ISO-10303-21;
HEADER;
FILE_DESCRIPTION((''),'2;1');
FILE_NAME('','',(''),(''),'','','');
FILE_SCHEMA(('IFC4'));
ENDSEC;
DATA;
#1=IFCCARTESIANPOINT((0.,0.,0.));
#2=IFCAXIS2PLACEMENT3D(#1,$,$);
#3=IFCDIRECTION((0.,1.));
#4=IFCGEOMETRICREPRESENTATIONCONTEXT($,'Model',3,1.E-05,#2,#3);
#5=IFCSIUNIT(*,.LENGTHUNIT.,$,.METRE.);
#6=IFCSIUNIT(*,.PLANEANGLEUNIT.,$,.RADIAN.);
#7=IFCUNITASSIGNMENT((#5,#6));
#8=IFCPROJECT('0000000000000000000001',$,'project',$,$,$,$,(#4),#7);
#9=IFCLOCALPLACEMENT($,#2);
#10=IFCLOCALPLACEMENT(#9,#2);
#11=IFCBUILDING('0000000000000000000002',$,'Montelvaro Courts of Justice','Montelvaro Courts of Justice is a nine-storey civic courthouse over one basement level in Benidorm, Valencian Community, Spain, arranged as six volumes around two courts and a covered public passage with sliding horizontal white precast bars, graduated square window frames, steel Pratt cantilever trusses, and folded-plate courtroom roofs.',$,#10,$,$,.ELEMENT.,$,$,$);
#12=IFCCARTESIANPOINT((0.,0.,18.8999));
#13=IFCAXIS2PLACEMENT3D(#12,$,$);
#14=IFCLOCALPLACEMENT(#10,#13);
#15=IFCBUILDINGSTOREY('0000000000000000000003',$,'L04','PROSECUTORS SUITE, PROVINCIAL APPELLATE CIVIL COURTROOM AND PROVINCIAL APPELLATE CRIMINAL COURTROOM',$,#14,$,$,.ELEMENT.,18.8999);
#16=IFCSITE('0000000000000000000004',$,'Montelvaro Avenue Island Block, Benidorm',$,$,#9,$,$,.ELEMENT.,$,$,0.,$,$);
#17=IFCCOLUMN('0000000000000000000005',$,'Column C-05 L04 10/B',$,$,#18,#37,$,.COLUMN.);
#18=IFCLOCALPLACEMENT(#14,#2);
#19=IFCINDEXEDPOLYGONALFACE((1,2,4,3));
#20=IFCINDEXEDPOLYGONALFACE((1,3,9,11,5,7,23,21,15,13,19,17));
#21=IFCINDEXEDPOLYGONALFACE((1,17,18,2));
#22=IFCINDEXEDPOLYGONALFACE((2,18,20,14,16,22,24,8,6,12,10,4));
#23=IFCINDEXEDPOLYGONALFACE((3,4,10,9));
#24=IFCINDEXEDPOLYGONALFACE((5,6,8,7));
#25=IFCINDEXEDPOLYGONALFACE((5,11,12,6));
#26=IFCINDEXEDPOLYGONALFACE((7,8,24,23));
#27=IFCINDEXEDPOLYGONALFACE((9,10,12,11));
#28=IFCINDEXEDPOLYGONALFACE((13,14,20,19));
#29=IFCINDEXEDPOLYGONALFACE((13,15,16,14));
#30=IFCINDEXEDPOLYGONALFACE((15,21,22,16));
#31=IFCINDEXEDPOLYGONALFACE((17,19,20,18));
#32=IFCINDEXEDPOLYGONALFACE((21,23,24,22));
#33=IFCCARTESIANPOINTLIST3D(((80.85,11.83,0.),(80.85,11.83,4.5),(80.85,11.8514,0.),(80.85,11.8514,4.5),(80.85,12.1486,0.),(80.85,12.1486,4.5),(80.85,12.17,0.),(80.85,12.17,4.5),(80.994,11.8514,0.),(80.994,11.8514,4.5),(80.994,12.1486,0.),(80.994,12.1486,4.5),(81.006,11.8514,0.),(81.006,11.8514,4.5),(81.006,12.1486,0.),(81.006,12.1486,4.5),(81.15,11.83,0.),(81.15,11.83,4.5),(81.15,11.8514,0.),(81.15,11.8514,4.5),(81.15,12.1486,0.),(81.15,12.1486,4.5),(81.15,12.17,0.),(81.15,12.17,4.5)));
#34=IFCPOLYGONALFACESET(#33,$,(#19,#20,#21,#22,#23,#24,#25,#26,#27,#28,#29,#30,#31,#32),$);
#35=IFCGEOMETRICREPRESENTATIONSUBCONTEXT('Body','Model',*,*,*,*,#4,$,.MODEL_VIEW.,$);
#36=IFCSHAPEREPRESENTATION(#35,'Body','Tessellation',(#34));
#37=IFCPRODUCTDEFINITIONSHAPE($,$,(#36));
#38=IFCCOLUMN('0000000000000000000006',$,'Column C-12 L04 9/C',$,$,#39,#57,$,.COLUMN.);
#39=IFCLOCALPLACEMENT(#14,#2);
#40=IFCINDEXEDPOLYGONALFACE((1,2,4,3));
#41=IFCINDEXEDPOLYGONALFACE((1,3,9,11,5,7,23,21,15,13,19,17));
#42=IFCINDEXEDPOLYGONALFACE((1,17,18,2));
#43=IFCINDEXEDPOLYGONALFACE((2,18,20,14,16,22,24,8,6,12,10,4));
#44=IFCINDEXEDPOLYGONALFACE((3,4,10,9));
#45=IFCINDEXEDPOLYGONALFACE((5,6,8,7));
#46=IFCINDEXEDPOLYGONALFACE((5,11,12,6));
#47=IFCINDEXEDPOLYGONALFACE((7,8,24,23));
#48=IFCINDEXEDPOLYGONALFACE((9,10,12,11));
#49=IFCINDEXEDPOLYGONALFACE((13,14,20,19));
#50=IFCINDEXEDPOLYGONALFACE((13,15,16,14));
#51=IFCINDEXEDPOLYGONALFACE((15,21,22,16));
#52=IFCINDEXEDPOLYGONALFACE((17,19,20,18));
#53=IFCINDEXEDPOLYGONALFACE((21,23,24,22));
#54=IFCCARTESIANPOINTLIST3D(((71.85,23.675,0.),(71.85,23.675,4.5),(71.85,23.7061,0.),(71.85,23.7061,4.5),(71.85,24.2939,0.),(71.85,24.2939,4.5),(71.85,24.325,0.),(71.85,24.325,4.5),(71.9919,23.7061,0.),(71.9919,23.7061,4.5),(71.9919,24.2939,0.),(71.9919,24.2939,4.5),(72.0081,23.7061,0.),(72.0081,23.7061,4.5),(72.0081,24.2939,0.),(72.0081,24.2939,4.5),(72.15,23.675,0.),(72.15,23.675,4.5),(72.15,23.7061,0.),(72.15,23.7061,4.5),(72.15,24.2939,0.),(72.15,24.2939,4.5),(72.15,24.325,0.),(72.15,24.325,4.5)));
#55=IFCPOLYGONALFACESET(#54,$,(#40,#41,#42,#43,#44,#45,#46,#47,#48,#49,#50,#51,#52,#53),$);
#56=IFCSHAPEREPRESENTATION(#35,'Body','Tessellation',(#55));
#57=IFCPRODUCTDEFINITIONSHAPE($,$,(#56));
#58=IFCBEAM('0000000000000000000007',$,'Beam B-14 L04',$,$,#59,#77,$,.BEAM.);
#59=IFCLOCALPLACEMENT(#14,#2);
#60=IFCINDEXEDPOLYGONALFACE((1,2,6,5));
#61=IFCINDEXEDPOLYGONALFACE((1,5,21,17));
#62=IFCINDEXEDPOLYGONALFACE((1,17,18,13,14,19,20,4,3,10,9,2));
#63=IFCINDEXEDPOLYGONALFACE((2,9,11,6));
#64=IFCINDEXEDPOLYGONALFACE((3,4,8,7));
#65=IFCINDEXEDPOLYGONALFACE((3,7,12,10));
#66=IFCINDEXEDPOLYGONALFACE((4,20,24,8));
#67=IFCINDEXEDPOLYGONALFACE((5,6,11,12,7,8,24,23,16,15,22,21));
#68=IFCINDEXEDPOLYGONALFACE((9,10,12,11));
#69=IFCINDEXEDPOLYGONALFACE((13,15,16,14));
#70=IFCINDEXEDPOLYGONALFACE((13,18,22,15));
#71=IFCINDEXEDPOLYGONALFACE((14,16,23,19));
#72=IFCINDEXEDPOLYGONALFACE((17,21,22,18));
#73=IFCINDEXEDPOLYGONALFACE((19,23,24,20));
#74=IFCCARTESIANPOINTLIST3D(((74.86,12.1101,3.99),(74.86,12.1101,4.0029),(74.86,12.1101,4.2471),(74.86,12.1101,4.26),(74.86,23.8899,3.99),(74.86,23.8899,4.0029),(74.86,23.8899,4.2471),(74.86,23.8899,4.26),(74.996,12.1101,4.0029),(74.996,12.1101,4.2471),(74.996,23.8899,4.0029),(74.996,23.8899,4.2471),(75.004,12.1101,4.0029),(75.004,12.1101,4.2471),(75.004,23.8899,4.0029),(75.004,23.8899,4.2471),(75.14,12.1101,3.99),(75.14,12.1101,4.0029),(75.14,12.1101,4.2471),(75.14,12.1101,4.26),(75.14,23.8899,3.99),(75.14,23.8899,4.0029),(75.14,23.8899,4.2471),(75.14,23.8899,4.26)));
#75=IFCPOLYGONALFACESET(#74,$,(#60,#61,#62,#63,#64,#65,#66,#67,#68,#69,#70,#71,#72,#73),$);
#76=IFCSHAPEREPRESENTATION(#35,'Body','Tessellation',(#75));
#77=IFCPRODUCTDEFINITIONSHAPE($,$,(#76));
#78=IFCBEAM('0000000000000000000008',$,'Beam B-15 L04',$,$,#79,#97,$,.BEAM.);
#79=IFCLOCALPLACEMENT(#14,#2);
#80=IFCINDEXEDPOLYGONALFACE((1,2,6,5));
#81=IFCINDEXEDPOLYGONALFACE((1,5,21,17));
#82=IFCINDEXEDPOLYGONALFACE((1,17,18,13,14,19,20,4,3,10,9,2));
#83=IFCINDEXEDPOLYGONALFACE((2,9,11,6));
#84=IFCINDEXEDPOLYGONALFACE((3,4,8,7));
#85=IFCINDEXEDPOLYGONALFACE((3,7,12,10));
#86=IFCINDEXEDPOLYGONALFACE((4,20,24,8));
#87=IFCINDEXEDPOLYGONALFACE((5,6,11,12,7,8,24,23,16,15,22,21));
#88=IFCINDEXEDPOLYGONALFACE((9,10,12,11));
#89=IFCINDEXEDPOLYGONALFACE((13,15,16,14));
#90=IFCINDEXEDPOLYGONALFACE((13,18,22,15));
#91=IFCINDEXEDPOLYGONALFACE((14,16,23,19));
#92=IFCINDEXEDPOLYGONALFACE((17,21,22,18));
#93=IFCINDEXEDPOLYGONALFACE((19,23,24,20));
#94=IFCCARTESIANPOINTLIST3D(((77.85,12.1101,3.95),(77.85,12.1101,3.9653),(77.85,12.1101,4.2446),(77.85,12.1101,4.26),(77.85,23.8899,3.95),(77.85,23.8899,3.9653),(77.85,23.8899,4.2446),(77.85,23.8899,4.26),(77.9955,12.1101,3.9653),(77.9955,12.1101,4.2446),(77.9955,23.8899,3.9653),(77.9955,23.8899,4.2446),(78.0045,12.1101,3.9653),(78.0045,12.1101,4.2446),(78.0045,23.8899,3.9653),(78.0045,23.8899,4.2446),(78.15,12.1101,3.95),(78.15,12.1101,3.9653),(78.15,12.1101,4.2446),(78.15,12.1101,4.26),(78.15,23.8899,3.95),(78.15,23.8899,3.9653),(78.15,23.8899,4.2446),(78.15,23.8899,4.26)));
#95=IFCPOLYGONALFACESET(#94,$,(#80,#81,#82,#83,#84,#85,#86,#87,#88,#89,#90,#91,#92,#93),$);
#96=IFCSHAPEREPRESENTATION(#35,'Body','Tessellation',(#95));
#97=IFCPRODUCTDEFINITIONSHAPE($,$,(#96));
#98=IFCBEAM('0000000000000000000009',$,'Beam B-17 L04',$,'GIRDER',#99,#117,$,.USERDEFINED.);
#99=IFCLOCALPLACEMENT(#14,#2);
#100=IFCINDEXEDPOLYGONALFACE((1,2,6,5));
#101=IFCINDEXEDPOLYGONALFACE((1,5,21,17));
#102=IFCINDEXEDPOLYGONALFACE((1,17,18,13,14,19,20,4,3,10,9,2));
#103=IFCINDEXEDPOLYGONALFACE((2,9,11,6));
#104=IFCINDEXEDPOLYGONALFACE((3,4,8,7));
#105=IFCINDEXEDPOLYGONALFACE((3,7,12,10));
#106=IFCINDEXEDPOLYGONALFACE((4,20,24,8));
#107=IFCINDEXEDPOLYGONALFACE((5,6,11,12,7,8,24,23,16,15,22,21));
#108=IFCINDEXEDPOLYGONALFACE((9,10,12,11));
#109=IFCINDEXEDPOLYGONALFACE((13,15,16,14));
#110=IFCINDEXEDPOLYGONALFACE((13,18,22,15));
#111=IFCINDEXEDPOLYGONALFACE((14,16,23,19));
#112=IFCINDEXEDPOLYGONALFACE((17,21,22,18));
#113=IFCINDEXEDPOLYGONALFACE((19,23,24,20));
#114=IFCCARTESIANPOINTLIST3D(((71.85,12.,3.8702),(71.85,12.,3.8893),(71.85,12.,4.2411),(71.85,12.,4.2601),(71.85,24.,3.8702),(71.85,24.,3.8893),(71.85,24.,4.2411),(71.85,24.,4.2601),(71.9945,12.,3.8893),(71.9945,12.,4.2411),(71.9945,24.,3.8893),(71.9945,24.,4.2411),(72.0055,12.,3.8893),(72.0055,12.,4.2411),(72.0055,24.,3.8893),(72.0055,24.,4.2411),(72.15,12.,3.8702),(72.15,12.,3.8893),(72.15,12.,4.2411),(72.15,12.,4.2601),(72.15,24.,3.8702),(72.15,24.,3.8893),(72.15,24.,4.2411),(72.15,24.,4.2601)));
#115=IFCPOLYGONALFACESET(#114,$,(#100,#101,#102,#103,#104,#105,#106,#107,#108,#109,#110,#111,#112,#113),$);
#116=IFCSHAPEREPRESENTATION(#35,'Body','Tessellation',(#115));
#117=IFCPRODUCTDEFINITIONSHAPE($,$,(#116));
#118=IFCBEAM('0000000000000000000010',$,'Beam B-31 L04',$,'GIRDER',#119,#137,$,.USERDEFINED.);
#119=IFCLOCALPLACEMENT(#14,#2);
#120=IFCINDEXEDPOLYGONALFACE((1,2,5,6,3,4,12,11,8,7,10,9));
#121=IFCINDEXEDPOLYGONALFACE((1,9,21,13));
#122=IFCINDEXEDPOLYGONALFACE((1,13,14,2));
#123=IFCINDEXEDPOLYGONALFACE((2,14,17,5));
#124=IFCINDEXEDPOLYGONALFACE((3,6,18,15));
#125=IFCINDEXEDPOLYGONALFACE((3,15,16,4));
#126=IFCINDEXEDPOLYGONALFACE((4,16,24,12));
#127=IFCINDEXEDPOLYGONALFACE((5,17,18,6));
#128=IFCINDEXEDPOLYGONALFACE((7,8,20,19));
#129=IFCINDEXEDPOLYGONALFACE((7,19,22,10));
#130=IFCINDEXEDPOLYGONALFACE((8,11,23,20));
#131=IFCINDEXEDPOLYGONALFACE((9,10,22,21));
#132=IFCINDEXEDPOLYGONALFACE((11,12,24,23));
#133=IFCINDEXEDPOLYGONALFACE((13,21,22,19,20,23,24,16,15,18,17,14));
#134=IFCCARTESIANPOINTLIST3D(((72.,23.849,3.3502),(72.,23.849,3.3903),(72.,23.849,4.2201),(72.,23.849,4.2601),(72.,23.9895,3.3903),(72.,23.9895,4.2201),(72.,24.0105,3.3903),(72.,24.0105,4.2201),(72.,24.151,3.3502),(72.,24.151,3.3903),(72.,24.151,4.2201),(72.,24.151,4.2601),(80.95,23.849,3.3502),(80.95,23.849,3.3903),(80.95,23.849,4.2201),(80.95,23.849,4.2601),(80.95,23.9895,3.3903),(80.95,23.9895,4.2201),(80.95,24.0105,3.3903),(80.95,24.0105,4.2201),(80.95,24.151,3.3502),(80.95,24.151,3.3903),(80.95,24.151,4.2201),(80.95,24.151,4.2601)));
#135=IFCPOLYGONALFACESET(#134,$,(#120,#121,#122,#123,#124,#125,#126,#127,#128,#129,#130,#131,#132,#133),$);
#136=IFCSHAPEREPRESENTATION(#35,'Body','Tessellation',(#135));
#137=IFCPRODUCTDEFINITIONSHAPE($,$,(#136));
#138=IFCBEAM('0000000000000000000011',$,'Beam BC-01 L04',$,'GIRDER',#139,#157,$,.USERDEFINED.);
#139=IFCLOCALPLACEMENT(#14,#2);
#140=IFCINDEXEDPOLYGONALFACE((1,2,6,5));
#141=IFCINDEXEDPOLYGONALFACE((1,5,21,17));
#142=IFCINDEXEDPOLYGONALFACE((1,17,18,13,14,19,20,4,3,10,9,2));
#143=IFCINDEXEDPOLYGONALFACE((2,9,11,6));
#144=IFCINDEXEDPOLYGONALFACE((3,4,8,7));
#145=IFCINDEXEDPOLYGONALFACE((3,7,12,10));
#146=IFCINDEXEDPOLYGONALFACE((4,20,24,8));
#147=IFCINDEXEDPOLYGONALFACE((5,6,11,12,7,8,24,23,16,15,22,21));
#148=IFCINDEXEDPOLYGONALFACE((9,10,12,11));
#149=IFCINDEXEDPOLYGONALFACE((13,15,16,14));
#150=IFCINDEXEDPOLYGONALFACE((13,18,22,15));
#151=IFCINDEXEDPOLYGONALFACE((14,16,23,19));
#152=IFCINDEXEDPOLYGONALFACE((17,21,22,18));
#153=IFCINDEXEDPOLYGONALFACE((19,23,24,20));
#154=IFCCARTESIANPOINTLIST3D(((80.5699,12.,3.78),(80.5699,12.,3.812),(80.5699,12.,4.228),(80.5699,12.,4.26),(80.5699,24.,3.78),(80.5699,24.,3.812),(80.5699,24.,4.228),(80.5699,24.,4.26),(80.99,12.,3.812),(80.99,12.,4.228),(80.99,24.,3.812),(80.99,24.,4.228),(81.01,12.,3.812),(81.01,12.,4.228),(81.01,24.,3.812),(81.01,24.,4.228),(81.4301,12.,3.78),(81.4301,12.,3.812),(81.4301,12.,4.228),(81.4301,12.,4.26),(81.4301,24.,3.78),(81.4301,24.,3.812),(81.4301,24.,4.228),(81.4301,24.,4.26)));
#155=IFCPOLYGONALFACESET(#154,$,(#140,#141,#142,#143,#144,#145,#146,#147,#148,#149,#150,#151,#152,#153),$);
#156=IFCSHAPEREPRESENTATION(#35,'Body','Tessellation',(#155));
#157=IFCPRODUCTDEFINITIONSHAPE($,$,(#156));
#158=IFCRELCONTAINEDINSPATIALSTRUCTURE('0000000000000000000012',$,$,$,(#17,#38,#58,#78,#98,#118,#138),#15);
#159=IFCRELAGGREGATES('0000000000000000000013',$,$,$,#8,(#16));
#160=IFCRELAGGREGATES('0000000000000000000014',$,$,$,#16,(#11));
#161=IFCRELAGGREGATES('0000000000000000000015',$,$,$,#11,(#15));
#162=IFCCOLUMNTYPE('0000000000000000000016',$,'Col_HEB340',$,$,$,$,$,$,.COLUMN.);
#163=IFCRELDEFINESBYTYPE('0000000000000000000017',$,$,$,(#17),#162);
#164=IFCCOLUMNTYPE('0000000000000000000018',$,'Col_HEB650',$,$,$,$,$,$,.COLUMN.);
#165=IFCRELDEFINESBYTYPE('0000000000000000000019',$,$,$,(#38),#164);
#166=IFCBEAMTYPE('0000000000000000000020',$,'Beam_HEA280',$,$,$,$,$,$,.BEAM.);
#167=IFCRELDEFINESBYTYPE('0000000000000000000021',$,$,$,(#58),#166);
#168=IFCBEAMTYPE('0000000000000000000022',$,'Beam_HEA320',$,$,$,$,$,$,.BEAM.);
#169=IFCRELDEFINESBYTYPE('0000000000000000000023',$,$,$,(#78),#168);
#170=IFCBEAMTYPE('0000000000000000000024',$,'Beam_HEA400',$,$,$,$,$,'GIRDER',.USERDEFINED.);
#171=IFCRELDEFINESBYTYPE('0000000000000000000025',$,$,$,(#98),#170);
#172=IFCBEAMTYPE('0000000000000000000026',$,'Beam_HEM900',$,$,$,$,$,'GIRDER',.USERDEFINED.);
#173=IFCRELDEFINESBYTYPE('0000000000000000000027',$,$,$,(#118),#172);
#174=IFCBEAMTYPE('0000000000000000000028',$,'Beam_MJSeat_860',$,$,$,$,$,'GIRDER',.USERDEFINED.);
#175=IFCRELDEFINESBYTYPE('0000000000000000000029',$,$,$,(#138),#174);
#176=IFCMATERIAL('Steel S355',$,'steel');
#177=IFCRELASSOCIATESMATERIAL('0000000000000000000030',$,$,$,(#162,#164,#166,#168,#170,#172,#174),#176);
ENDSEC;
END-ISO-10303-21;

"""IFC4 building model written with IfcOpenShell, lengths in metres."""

from ifc_helpers import new_model, si_unit, direction, frame, origin, origin_2d, place, context, subcontext, project, spatial, i_section, extrude, material, material_profile, profile_set, type_object, element, save


model = new_model("IFC4")

# Units and contexts
model_context = context("Model", 3, precision=1e-05, world=origin(), true_north=direction((0.0, 1.0)))
body_context = subcontext(model_context, "Body", "Model", "MODEL_VIEW")
ifc_project = project(units=[si_unit("LENGTHUNIT", "METRE"), si_unit("PLANEANGLEUNIT", "RADIAN")], contexts=[model_context])

# Site, building, storey
site_placement = place(None, origin())
site = spatial("IfcSite", under=ifc_project, at=site_placement, Name="Montelvaro Avenue Island Block, Benidorm", CompositionType="ELEMENT", RefElevation=0.0)
building_placement = place(site_placement, origin())
building = spatial("IfcBuilding", under=site, at=building_placement, Name="Montelvaro Courts of Justice", Description="Montelvaro Courts of Justice is a nine-storey civic courthouse over one basement level in Benidorm, Valencian Community, Spain, arranged as six volumes around two courts and a covered public passage with sliding horizontal white precast bars, graduated square window frames, steel Pratt cantilever trusses, and folded-plate courtroom roofs.", CompositionType="ELEMENT")
storey_placement = place(building_placement, frame((0.0, 0.0, 18.8999)))
storey = spatial("IfcBuildingStorey", under=building, at=storey_placement, Name="L04", Description="PROSECUTORS SUITE, PROVINCIAL APPELLATE CIVIL COURTROOM AND PROVINCIAL APPELLATE CRIMINAL COURTROOM", CompositionType="ELEMENT", Elevation=18.8999)

# Columns
ifc_material_1 = material(Name="Steel S355", Category="steel")
ifc_material_profile_1 = material_profile(ifc_material_1, i_section(OverallWidth=0.3, OverallDepth=0.3401, WebThickness=0.012, FlangeThickness=0.0215, at=origin_2d()), Name="HEB 340")
ifc_profile_set_1 = profile_set([ifc_material_profile_1], Name="Steel S355")
column_type_1 = type_object("IfcColumnType", Name="Col_HEB340", PredefinedType="COLUMN", material=ifc_profile_set_1)
column_1_placement = place(storey_placement, frame((81.0, 12.0, 0.0), z_axis=(0.0, 0.0, 1.0), x_axis=(1.0, 0.0, 0.0)))
element("IfcColumn", 1, at=column_1_placement, inside=storey, type_object=column_type_1, Name="Column C-05 L04 10/B", PredefinedType="COLUMN", context=body_context, shape_type="SweptSolid", body=[
    extrude(i_section(OverallWidth=0.3, OverallDepth=0.3401, WebThickness=0.012, FlangeThickness=0.0215, at=origin_2d()), origin(), (0.0, 0.0, 1.0), 4.5),
])
ifc_material_profile_2 = material_profile(ifc_material_1, i_section(OverallWidth=0.3, OverallDepth=0.6499, WebThickness=0.0161, FlangeThickness=0.031, at=origin_2d()), Name="HEB 650")
ifc_profile_set_2 = profile_set([ifc_material_profile_2], Name="Steel S355")
column_type_2 = type_object("IfcColumnType", Name="Col_HEB650", PredefinedType="COLUMN", material=ifc_profile_set_2)
column_2_placement = place(storey_placement, frame((72.0, 24.0, 0.0), z_axis=(0.0, 0.0, 1.0), x_axis=(1.0, 0.0, 0.0)))
element("IfcColumn", 2, at=column_2_placement, inside=storey, type_object=column_type_2, Name="Column C-12 L04 9/C", PredefinedType="COLUMN", context=body_context, shape_type="SweptSolid", body=[
    extrude(i_section(OverallWidth=0.3, OverallDepth=0.6499, WebThickness=0.0161, FlangeThickness=0.031, at=origin_2d()), origin(), (0.0, 0.0, 1.0), 4.5),
])

# Beams
ifc_material_profile_3 = material_profile(ifc_material_1, i_section(OverallWidth=0.28, OverallDepth=0.27, WebThickness=0.0081, FlangeThickness=0.0129, at=origin_2d()), Name="HEA 280")
ifc_profile_set_3 = profile_set([ifc_material_profile_3], Name="Steel S355")
beam_type_1 = type_object("IfcBeamType", Name="Beam_HEA280", PredefinedType="BEAM", material=ifc_profile_set_3)
beam_1_placement = place(storey_placement, frame((75.0, 12.1101, 4.125), z_axis=(0.0, 1.0, 0.0), x_axis=(-1.0, 0.0, 0.0)))
element("IfcBeam", 3, at=beam_1_placement, inside=storey, type_object=beam_type_1, Name="Beam B-14 L04", PredefinedType="BEAM", context=body_context, shape_type="SweptSolid", body=[
    extrude(i_section(OverallWidth=0.28, OverallDepth=0.27, WebThickness=0.0081, FlangeThickness=0.0129, at=origin_2d()), origin(), (0.0, 0.0, 1.0), 11.7798),
])
ifc_material_profile_4 = material_profile(ifc_material_1, i_section(OverallWidth=0.3, OverallDepth=0.3101, WebThickness=0.009, FlangeThickness=0.0154, at=origin_2d()), Name="HEA 320")
ifc_profile_set_4 = profile_set([ifc_material_profile_4], Name="Steel S355")
beam_type_2 = type_object("IfcBeamType", Name="Beam_HEA320", PredefinedType="BEAM", material=ifc_profile_set_4)
beam_2_placement = place(storey_placement, frame((78.0, 12.1101, 4.105), z_axis=(0.0, 1.0, 0.0), x_axis=(-1.0, 0.0, 0.0)))
element("IfcBeam", 4, at=beam_2_placement, inside=storey, type_object=beam_type_2, Name="Beam B-15 L04", PredefinedType="BEAM", context=body_context, shape_type="SweptSolid", body=[
    extrude(i_section(OverallWidth=0.3, OverallDepth=0.3101, WebThickness=0.009, FlangeThickness=0.0154, at=origin_2d()), origin(), (0.0, 0.0, 1.0), 11.7798),
])
ifc_material_profile_5 = material_profile(ifc_material_1, i_section(OverallWidth=0.3, OverallDepth=0.3899, WebThickness=0.011, FlangeThickness=0.019, at=origin_2d()), Name="HEA 400")
ifc_profile_set_5 = profile_set([ifc_material_profile_5], Name="Steel S355")
beam_type_3 = type_object("IfcBeamType", Name="Beam_HEA400", ElementType="GIRDER", PredefinedType="USERDEFINED", material=ifc_profile_set_5)
beam_3_placement = place(storey_placement, frame((72.0, 12.0, 4.0652), z_axis=(0.0, 1.0, 0.0), x_axis=(-1.0, 0.0, 0.0)))
element("IfcBeam", 5, at=beam_3_placement, inside=storey, type_object=beam_type_3, Name="Beam B-17 L04", ObjectType="GIRDER", PredefinedType="USERDEFINED", context=body_context, shape_type="SweptSolid", body=[
    extrude(i_section(OverallWidth=0.3, OverallDepth=0.3899, WebThickness=0.011, FlangeThickness=0.019, at=origin_2d()), origin(), (0.0, 0.0, 1.0), 12.0),
])
ifc_material_profile_6 = material_profile(ifc_material_1, i_section(OverallWidth=0.302, OverallDepth=0.9099, WebThickness=0.021, FlangeThickness=0.04, at=origin_2d()), Name="HEM 900")
ifc_profile_set_6 = profile_set([ifc_material_profile_6], Name="Steel S355")
beam_type_4 = type_object("IfcBeamType", Name="Beam_HEM900", ElementType="GIRDER", PredefinedType="USERDEFINED", material=ifc_profile_set_6)
beam_4_placement = place(storey_placement, frame((72.0, 24.0, 3.8052), z_axis=(1.0, 0.0, 0.0), x_axis=(0.0, 1.0, 0.0)))
element("IfcBeam", 6, at=beam_4_placement, inside=storey, type_object=beam_type_4, Name="Beam B-31 L04", ObjectType="GIRDER", PredefinedType="USERDEFINED", context=body_context, shape_type="SweptSolid", body=[
    extrude(i_section(OverallWidth=0.302, OverallDepth=0.9099, WebThickness=0.021, FlangeThickness=0.04, at=origin_2d()), origin(), (0.0, 0.0, 1.0), 8.95),
])
ifc_material_profile_7 = material_profile(ifc_material_1, i_section(OverallWidth=0.8601, OverallDepth=0.48, WebThickness=0.02, FlangeThickness=0.032, at=origin_2d()), Name="HL 480x860")
ifc_profile_set_7 = profile_set([ifc_material_profile_7], Name="Steel S355")
beam_type_5 = type_object("IfcBeamType", Name="Beam_MJSeat_860", ElementType="GIRDER", PredefinedType="USERDEFINED", material=ifc_profile_set_7)
beam_5_placement = place(storey_placement, frame((81.0, 12.0, 4.02), z_axis=(0.0, 1.0, 0.0), x_axis=(-1.0, 0.0, 0.0)))
element("IfcBeam", 7, at=beam_5_placement, inside=storey, type_object=beam_type_5, Name="Beam BC-01 L04", ObjectType="GIRDER", PredefinedType="USERDEFINED", context=body_context, shape_type="SweptSolid", body=[
    extrude(i_section(OverallWidth=0.8601, OverallDepth=0.48, WebThickness=0.02, FlangeThickness=0.032, at=origin_2d()), origin(), (0.0, 0.0, 1.0), 12.0),
])

save(model, "model.ifc")
